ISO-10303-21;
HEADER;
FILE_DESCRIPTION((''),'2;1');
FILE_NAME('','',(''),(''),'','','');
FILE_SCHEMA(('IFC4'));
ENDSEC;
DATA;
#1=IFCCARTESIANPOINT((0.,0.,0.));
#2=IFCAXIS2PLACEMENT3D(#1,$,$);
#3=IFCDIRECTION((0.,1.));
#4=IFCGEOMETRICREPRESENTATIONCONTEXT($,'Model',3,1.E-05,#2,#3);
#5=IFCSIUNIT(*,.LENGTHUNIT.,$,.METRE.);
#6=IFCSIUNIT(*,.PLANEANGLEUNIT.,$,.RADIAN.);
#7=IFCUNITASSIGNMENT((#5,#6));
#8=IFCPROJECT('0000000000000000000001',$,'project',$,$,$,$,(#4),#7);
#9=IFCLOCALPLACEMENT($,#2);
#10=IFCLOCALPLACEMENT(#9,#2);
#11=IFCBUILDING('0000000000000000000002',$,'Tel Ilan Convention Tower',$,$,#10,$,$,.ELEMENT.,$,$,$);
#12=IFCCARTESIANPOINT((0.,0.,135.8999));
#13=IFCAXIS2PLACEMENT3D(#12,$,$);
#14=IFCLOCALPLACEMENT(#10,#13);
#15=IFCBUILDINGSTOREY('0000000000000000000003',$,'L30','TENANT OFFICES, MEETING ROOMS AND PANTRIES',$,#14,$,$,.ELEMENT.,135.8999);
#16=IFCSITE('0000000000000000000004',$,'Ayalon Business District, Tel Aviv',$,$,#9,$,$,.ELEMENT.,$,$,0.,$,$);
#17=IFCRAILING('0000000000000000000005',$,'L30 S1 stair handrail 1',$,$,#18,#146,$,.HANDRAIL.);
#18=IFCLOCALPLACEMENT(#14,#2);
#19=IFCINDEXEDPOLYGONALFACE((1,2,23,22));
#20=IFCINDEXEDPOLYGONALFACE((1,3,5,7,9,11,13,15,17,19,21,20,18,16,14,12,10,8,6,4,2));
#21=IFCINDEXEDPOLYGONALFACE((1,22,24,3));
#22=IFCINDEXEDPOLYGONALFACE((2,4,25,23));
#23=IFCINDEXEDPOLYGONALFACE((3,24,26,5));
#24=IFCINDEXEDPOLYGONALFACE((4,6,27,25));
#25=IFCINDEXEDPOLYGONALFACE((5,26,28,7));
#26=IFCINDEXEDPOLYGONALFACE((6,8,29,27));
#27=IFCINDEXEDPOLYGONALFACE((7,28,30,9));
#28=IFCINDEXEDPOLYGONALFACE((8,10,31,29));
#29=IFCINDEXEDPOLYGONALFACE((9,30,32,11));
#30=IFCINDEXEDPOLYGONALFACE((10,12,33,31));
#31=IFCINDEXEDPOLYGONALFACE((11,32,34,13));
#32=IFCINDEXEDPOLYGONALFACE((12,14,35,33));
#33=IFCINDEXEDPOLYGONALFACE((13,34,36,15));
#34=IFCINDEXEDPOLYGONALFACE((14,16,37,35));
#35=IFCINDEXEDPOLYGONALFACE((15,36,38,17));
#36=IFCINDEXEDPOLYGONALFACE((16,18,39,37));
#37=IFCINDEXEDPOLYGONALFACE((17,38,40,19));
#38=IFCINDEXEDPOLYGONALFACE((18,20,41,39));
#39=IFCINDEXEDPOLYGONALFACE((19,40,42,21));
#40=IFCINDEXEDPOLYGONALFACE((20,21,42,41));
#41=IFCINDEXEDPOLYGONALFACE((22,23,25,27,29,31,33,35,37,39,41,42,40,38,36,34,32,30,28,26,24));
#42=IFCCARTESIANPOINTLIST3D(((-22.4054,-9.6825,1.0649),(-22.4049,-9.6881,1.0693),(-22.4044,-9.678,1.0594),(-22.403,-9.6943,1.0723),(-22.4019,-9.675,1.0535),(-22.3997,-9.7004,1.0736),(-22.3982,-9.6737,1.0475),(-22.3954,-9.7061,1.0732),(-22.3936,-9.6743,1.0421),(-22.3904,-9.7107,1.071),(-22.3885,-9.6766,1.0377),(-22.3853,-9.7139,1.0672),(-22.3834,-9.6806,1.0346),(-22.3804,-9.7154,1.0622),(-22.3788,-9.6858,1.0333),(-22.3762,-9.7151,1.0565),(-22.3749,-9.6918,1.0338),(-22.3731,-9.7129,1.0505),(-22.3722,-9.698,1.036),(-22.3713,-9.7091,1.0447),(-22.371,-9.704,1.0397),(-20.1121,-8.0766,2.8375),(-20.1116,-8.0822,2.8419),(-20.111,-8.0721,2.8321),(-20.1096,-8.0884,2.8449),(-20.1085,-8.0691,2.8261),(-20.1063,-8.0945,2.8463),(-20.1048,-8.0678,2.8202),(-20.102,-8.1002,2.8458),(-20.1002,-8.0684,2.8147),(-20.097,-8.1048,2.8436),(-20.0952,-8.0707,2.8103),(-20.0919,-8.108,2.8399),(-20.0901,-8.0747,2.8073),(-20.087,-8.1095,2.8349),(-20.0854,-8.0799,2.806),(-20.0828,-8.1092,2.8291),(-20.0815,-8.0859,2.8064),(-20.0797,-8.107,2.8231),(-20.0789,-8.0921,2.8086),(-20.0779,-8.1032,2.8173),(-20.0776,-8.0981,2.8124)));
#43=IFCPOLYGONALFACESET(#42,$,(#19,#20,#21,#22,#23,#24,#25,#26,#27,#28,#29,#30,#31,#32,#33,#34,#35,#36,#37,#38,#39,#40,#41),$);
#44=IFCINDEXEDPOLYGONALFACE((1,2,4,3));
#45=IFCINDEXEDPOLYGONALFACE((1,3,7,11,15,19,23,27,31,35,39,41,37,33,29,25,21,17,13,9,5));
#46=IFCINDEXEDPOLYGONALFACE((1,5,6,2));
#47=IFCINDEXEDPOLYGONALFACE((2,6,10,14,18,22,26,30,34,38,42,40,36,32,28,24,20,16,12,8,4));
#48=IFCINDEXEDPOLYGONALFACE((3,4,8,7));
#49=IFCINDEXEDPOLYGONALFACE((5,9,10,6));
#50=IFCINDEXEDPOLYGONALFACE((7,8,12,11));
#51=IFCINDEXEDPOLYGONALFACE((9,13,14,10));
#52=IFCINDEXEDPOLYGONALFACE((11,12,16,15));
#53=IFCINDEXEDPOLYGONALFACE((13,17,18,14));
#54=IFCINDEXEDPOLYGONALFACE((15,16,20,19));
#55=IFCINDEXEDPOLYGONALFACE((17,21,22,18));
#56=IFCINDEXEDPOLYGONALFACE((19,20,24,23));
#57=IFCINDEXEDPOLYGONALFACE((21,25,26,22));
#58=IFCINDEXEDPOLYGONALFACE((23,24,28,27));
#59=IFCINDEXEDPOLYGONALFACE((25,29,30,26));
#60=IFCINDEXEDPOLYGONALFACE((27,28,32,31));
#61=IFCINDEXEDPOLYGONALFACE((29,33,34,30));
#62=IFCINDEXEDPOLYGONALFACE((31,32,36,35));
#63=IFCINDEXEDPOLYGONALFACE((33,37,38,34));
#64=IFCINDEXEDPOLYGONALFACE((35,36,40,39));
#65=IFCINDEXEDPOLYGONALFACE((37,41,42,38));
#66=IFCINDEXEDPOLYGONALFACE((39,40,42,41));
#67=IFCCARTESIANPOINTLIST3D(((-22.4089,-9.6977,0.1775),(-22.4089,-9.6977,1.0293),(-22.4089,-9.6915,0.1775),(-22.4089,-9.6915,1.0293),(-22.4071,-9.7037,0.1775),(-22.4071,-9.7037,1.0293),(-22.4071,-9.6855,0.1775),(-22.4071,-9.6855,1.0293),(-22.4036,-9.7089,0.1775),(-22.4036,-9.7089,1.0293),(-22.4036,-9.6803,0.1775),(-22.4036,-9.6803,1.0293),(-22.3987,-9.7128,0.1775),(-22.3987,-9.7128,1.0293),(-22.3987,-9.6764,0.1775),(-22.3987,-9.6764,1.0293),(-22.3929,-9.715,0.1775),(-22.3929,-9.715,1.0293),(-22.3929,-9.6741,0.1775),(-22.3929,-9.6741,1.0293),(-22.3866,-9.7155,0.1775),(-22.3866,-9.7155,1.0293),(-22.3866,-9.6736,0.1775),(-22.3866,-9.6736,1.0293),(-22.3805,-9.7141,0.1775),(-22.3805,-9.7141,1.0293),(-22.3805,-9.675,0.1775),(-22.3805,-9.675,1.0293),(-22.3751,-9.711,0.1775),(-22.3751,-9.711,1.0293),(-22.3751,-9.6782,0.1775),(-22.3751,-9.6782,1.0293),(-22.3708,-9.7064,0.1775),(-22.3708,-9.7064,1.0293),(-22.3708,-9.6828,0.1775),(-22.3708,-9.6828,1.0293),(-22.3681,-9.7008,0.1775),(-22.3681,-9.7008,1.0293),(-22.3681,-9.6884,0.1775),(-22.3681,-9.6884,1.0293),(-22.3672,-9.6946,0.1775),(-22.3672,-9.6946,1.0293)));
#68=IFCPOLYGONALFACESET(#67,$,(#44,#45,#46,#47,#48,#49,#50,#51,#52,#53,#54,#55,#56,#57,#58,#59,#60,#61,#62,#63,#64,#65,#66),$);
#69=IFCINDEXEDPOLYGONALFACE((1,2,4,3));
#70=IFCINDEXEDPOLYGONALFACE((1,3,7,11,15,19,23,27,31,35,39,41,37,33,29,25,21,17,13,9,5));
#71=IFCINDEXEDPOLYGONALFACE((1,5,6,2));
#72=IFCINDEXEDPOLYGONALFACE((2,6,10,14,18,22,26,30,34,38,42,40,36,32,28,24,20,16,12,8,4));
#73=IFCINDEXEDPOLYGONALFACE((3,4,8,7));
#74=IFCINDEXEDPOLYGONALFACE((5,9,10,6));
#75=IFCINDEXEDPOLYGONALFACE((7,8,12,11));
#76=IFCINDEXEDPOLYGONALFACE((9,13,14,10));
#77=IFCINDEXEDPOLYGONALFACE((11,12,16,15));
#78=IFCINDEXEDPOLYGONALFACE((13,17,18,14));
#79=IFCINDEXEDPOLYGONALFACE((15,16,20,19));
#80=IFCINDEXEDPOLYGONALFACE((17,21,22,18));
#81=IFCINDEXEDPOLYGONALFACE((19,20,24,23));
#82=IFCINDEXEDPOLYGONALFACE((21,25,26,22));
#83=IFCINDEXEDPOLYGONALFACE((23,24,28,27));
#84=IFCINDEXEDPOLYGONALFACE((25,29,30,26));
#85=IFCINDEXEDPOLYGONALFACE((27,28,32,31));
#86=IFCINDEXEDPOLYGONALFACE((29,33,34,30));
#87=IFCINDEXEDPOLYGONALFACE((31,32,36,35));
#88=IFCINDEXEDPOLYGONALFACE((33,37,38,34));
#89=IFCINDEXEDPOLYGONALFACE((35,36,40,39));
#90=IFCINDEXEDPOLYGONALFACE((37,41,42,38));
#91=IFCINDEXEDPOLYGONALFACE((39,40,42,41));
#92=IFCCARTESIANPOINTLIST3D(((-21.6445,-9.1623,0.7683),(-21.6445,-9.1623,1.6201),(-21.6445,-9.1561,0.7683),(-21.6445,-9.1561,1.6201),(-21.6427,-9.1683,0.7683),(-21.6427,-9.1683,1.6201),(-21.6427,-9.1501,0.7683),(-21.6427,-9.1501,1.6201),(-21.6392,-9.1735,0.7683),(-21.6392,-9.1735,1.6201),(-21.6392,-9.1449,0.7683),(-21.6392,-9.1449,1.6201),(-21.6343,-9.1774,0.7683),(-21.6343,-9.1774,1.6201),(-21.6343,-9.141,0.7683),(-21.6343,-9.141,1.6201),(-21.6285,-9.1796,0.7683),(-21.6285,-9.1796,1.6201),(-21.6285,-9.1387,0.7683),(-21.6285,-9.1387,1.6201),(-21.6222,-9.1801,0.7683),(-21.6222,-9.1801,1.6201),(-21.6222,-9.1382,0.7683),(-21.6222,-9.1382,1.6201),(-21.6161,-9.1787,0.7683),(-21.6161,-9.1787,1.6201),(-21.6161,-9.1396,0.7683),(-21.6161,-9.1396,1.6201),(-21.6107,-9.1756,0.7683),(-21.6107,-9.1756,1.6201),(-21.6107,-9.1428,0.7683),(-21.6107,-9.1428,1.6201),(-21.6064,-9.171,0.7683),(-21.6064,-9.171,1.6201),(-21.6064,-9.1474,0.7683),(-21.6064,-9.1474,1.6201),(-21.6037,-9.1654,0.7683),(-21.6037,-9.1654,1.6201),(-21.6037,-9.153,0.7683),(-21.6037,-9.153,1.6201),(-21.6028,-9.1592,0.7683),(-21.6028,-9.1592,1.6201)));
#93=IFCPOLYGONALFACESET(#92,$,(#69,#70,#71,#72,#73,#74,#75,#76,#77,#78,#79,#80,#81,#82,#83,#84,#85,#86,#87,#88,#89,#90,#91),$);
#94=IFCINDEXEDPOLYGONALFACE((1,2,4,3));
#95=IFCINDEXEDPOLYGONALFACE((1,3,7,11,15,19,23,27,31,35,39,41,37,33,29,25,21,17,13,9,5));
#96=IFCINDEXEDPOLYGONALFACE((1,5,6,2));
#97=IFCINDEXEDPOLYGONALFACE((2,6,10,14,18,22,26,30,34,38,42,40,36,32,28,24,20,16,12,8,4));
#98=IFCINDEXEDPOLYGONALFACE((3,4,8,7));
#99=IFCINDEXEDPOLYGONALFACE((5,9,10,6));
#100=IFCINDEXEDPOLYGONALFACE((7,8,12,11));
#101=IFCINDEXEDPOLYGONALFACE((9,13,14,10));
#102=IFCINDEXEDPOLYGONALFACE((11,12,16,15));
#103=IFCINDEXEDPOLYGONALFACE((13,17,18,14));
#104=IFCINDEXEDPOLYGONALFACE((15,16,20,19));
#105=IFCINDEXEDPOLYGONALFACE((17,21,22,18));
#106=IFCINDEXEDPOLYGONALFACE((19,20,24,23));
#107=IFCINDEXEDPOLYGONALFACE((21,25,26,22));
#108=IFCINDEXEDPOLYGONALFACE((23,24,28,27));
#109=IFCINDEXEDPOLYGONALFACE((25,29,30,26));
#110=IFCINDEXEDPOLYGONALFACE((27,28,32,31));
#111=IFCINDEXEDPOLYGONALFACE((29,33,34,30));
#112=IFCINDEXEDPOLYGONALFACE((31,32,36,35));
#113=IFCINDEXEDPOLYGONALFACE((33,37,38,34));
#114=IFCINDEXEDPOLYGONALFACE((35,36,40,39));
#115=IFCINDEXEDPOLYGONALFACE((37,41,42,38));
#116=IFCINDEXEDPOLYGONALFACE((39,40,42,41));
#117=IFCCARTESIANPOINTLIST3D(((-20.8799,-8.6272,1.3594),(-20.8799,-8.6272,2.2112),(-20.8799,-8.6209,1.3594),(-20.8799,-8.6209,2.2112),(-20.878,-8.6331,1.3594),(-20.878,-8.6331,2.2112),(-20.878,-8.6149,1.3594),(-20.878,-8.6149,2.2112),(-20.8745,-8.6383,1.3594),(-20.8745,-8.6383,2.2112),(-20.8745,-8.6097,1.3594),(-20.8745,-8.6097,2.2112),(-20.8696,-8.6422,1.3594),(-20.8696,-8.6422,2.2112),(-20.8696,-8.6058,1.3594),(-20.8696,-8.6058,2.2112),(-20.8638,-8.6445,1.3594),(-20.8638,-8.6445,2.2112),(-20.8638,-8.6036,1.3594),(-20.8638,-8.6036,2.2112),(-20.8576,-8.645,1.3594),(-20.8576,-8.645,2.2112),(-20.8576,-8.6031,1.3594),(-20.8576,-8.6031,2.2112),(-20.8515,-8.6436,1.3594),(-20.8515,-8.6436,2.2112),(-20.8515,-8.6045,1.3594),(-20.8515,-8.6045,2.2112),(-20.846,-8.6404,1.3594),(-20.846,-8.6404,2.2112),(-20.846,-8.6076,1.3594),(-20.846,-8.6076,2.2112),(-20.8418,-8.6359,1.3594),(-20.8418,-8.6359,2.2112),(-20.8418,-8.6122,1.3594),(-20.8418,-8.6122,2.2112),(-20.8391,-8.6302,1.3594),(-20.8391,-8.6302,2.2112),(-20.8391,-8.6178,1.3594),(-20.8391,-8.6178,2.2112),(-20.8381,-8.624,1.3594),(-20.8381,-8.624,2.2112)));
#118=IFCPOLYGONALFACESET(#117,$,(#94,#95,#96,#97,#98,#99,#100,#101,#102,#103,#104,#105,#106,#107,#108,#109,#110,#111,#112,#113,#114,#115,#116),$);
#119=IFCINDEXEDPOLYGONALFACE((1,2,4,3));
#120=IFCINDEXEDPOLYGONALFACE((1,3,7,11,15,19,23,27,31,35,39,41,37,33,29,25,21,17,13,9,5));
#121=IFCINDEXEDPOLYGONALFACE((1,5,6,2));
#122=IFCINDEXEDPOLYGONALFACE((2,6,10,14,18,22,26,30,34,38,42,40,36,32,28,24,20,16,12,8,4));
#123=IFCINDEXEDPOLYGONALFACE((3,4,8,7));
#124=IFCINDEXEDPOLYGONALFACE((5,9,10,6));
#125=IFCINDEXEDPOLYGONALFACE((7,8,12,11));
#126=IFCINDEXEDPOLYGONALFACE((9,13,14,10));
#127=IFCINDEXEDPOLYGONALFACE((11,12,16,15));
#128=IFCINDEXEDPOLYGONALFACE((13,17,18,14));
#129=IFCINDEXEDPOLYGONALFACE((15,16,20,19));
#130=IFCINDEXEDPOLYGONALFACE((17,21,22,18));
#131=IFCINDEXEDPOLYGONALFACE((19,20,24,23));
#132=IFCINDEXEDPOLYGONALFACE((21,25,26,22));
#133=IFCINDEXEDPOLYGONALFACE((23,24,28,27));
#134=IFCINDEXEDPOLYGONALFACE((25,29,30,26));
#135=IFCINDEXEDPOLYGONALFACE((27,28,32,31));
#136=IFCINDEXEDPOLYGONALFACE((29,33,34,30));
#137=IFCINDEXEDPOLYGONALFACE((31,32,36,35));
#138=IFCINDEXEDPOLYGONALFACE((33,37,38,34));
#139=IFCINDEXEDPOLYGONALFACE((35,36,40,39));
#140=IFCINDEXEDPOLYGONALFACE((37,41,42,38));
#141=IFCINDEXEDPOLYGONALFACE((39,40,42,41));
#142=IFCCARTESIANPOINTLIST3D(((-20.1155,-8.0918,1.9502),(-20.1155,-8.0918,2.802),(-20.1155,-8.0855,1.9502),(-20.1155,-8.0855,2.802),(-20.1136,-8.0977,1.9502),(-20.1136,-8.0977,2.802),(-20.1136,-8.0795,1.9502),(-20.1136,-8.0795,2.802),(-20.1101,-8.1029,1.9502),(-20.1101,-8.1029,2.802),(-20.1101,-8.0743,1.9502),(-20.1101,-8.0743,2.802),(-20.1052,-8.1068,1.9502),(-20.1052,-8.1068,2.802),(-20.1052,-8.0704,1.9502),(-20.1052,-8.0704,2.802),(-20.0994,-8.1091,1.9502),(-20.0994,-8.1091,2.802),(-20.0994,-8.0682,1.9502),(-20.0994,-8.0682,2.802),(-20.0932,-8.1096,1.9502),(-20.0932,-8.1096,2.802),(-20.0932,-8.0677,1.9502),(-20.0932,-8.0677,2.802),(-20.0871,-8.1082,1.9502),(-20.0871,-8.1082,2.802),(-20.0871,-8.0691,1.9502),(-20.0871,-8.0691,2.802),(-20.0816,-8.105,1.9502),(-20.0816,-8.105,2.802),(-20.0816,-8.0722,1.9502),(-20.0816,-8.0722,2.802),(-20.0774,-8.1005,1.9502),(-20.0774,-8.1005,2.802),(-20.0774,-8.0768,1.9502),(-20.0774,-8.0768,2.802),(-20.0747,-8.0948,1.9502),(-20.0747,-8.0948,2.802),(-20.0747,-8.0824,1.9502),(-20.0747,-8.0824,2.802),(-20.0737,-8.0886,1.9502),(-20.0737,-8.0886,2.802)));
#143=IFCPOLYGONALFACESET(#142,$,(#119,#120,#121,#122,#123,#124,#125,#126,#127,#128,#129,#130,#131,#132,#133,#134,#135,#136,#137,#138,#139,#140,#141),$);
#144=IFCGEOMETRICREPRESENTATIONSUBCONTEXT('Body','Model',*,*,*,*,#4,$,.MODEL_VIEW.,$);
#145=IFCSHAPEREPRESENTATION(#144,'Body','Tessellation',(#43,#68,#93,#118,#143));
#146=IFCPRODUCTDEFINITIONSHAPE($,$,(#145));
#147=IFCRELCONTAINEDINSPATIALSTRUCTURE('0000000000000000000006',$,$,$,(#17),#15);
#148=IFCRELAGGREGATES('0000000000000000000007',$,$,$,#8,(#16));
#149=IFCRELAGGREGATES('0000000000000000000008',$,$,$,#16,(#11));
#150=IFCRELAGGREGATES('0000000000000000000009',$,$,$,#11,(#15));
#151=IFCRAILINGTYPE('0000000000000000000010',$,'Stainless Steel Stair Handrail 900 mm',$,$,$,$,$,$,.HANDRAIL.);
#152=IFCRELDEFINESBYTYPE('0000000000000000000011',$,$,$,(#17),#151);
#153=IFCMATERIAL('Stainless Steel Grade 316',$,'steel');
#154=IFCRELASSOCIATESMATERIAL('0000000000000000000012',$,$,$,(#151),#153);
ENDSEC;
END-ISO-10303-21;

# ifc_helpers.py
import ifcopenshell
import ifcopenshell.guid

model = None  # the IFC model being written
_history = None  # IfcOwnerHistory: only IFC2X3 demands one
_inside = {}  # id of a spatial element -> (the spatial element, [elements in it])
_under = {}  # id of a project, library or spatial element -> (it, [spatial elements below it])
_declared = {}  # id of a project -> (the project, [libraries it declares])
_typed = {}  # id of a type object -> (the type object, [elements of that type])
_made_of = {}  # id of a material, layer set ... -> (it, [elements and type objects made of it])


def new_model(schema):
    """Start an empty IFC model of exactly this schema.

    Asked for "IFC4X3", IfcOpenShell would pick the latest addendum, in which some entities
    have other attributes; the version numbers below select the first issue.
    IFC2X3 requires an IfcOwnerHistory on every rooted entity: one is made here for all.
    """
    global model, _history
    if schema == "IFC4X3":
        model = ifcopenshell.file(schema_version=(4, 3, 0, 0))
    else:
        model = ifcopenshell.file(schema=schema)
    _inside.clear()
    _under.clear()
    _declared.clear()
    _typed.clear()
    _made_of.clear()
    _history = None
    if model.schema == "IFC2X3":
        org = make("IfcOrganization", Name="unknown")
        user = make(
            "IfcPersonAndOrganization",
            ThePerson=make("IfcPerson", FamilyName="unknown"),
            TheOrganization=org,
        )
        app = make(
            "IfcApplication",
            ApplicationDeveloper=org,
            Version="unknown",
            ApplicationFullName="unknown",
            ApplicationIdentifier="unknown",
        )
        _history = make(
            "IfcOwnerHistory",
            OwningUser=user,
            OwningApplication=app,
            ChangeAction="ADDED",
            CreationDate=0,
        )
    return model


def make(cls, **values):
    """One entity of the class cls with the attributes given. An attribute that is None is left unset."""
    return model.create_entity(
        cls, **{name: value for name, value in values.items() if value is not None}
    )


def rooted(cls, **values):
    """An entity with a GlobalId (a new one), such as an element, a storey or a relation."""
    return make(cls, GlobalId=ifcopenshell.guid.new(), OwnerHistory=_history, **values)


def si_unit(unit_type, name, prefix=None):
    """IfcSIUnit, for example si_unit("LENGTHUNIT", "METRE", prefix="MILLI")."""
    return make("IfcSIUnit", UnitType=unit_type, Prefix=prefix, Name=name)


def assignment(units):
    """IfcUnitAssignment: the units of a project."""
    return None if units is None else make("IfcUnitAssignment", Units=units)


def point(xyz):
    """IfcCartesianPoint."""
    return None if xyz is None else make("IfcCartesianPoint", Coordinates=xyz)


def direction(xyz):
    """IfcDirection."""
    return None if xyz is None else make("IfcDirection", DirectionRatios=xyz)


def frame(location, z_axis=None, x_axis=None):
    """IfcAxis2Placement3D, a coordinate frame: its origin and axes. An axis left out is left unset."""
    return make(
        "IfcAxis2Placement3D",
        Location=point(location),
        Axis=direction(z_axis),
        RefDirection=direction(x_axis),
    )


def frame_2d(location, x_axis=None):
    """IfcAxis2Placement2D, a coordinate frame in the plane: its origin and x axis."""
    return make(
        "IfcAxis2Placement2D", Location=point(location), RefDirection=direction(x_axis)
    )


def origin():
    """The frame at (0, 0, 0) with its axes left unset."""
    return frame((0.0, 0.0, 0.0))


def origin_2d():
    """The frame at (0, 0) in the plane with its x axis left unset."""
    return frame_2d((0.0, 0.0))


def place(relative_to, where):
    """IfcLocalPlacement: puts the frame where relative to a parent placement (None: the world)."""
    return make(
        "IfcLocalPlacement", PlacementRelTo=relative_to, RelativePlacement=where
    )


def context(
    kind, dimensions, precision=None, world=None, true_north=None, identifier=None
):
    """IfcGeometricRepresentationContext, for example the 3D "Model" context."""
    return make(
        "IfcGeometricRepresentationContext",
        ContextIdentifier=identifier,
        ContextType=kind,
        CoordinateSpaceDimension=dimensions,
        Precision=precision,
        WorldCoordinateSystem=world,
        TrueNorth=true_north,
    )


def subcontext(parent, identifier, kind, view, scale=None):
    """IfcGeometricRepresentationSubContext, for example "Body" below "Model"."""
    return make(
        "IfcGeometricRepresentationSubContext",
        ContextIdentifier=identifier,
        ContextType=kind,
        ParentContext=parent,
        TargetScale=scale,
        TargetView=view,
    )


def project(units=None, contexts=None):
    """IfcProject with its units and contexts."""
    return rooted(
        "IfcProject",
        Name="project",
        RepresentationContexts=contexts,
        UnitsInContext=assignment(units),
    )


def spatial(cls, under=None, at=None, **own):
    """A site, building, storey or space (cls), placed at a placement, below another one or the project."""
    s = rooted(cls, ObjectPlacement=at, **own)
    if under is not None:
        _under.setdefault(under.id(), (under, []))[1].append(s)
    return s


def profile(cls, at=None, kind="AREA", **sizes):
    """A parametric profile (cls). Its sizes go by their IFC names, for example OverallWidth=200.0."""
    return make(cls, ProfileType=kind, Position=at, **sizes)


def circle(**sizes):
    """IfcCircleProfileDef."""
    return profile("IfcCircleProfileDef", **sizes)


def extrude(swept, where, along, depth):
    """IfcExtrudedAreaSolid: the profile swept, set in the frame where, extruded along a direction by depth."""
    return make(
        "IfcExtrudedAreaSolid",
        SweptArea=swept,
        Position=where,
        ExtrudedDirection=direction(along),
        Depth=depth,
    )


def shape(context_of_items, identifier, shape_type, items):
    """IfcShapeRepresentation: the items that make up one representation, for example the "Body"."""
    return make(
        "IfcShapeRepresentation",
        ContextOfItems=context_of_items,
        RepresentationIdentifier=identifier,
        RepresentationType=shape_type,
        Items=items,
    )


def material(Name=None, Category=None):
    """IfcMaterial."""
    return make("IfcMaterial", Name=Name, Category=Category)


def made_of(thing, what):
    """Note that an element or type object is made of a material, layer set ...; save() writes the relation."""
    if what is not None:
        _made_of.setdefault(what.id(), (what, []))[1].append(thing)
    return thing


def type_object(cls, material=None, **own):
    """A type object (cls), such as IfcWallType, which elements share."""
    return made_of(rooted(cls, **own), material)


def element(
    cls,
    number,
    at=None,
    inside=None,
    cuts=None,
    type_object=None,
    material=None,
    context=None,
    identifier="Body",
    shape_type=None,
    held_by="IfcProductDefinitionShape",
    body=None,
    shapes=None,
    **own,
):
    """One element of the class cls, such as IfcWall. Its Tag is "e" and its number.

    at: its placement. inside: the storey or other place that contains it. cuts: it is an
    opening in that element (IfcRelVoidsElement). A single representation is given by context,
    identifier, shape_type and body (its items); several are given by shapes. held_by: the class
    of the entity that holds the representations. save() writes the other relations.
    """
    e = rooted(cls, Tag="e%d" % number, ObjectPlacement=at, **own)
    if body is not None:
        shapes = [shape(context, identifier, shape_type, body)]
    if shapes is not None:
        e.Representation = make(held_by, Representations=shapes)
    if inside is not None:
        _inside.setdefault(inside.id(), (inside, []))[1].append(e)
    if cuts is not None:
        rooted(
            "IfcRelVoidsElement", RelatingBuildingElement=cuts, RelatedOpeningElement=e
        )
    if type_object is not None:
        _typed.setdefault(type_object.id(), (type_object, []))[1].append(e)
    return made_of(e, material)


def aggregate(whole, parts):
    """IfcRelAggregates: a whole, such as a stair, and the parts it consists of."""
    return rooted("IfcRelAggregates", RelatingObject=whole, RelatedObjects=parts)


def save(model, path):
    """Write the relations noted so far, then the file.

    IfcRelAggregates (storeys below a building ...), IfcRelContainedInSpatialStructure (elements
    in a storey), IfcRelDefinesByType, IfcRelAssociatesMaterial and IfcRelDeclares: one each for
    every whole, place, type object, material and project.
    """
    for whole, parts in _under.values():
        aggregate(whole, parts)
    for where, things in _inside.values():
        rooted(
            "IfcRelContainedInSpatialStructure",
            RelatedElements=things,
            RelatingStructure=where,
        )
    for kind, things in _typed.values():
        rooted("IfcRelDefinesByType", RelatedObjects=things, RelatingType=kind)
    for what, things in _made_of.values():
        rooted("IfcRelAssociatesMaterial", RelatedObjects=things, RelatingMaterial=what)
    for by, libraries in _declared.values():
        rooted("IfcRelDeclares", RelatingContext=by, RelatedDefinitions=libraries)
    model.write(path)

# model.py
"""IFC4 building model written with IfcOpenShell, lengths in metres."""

from ifc_helpers import new_model, si_unit, direction, frame, origin, origin_2d, place, context, subcontext, project, spatial, circle, extrude, material, type_object, element, save


model = new_model("IFC4")

# Units and contexts
model_context = context("Model", 3, precision=1e-05, world=origin(), true_north=direction((0.0, 1.0)))
body_context = subcontext(model_context, "Body", "Model", "MODEL_VIEW")
ifc_project = project(units=[si_unit("LENGTHUNIT", "METRE"), si_unit("PLANEANGLEUNIT", "RADIAN")], contexts=[model_context])

# Site, building, storey
site_placement = place(None, origin())
site = spatial("IfcSite", under=ifc_project, at=site_placement, Name="Ayalon Business District, Tel Aviv", CompositionType="ELEMENT", RefElevation=0.0)
building_placement = place(site_placement, origin())
building = spatial("IfcBuilding", under=site, at=building_placement, Name="Tel Ilan Convention Tower", CompositionType="ELEMENT")
storey_placement = place(building_placement, frame((0.0, 0.0, 135.8999)))
storey = spatial("IfcBuildingStorey", under=building, at=storey_placement, Name="L30", Description="TENANT OFFICES, MEETING ROOMS AND PANTRIES", CompositionType="ELEMENT", Elevation=135.8999)

# Railing
ifc_material_1 = material(Name="Stainless Steel Grade 316", Category="steel")
railing_type_1 = type_object("IfcRailingType", Name="Stainless Steel Stair Handrail 900 mm", PredefinedType="HANDRAIL", material=ifc_material_1)
railing_1_placement = place(storey_placement, frame((-22.3882, -9.6946, 0.1775)))
element("IfcRailing", 1, at=railing_1_placement, inside=storey, type_object=railing_type_1, Name="L30 S1 stair handrail 1", PredefinedType="HANDRAIL", context=body_context, shape_type="SweptSolid", body=[
    extrude(circle(Radius=0.0239, at=origin_2d()), frame((0.0, 0.0, 0.876), z_axis=(0.692085, 0.484621, 0.53494), x_axis=(-0.573591, 0.819142, 0.0)), (0.0, 0.0, 1.0), 3.3137),
    extrude(circle(Radius=0.021, at=origin_2d()), origin(), (0.0, 0.0, 1.0), 0.8518),
    extrude(circle(Radius=0.021, at=origin_2d()), frame((0.7644, 0.5354, 0.5908)), (0.0, 0.0, 1.0), 0.8518),
    extrude(circle(Radius=0.021, at=origin_2d()), frame((1.5291, 1.0706, 1.1819)), (0.0, 0.0, 1.0), 0.8518),
    extrude(circle(Radius=0.021, at=origin_2d()), frame((2.2935, 1.606, 1.7727)), (0.0, 0.0, 1.0), 0.8518),
])

save(model, "model.ifc")
